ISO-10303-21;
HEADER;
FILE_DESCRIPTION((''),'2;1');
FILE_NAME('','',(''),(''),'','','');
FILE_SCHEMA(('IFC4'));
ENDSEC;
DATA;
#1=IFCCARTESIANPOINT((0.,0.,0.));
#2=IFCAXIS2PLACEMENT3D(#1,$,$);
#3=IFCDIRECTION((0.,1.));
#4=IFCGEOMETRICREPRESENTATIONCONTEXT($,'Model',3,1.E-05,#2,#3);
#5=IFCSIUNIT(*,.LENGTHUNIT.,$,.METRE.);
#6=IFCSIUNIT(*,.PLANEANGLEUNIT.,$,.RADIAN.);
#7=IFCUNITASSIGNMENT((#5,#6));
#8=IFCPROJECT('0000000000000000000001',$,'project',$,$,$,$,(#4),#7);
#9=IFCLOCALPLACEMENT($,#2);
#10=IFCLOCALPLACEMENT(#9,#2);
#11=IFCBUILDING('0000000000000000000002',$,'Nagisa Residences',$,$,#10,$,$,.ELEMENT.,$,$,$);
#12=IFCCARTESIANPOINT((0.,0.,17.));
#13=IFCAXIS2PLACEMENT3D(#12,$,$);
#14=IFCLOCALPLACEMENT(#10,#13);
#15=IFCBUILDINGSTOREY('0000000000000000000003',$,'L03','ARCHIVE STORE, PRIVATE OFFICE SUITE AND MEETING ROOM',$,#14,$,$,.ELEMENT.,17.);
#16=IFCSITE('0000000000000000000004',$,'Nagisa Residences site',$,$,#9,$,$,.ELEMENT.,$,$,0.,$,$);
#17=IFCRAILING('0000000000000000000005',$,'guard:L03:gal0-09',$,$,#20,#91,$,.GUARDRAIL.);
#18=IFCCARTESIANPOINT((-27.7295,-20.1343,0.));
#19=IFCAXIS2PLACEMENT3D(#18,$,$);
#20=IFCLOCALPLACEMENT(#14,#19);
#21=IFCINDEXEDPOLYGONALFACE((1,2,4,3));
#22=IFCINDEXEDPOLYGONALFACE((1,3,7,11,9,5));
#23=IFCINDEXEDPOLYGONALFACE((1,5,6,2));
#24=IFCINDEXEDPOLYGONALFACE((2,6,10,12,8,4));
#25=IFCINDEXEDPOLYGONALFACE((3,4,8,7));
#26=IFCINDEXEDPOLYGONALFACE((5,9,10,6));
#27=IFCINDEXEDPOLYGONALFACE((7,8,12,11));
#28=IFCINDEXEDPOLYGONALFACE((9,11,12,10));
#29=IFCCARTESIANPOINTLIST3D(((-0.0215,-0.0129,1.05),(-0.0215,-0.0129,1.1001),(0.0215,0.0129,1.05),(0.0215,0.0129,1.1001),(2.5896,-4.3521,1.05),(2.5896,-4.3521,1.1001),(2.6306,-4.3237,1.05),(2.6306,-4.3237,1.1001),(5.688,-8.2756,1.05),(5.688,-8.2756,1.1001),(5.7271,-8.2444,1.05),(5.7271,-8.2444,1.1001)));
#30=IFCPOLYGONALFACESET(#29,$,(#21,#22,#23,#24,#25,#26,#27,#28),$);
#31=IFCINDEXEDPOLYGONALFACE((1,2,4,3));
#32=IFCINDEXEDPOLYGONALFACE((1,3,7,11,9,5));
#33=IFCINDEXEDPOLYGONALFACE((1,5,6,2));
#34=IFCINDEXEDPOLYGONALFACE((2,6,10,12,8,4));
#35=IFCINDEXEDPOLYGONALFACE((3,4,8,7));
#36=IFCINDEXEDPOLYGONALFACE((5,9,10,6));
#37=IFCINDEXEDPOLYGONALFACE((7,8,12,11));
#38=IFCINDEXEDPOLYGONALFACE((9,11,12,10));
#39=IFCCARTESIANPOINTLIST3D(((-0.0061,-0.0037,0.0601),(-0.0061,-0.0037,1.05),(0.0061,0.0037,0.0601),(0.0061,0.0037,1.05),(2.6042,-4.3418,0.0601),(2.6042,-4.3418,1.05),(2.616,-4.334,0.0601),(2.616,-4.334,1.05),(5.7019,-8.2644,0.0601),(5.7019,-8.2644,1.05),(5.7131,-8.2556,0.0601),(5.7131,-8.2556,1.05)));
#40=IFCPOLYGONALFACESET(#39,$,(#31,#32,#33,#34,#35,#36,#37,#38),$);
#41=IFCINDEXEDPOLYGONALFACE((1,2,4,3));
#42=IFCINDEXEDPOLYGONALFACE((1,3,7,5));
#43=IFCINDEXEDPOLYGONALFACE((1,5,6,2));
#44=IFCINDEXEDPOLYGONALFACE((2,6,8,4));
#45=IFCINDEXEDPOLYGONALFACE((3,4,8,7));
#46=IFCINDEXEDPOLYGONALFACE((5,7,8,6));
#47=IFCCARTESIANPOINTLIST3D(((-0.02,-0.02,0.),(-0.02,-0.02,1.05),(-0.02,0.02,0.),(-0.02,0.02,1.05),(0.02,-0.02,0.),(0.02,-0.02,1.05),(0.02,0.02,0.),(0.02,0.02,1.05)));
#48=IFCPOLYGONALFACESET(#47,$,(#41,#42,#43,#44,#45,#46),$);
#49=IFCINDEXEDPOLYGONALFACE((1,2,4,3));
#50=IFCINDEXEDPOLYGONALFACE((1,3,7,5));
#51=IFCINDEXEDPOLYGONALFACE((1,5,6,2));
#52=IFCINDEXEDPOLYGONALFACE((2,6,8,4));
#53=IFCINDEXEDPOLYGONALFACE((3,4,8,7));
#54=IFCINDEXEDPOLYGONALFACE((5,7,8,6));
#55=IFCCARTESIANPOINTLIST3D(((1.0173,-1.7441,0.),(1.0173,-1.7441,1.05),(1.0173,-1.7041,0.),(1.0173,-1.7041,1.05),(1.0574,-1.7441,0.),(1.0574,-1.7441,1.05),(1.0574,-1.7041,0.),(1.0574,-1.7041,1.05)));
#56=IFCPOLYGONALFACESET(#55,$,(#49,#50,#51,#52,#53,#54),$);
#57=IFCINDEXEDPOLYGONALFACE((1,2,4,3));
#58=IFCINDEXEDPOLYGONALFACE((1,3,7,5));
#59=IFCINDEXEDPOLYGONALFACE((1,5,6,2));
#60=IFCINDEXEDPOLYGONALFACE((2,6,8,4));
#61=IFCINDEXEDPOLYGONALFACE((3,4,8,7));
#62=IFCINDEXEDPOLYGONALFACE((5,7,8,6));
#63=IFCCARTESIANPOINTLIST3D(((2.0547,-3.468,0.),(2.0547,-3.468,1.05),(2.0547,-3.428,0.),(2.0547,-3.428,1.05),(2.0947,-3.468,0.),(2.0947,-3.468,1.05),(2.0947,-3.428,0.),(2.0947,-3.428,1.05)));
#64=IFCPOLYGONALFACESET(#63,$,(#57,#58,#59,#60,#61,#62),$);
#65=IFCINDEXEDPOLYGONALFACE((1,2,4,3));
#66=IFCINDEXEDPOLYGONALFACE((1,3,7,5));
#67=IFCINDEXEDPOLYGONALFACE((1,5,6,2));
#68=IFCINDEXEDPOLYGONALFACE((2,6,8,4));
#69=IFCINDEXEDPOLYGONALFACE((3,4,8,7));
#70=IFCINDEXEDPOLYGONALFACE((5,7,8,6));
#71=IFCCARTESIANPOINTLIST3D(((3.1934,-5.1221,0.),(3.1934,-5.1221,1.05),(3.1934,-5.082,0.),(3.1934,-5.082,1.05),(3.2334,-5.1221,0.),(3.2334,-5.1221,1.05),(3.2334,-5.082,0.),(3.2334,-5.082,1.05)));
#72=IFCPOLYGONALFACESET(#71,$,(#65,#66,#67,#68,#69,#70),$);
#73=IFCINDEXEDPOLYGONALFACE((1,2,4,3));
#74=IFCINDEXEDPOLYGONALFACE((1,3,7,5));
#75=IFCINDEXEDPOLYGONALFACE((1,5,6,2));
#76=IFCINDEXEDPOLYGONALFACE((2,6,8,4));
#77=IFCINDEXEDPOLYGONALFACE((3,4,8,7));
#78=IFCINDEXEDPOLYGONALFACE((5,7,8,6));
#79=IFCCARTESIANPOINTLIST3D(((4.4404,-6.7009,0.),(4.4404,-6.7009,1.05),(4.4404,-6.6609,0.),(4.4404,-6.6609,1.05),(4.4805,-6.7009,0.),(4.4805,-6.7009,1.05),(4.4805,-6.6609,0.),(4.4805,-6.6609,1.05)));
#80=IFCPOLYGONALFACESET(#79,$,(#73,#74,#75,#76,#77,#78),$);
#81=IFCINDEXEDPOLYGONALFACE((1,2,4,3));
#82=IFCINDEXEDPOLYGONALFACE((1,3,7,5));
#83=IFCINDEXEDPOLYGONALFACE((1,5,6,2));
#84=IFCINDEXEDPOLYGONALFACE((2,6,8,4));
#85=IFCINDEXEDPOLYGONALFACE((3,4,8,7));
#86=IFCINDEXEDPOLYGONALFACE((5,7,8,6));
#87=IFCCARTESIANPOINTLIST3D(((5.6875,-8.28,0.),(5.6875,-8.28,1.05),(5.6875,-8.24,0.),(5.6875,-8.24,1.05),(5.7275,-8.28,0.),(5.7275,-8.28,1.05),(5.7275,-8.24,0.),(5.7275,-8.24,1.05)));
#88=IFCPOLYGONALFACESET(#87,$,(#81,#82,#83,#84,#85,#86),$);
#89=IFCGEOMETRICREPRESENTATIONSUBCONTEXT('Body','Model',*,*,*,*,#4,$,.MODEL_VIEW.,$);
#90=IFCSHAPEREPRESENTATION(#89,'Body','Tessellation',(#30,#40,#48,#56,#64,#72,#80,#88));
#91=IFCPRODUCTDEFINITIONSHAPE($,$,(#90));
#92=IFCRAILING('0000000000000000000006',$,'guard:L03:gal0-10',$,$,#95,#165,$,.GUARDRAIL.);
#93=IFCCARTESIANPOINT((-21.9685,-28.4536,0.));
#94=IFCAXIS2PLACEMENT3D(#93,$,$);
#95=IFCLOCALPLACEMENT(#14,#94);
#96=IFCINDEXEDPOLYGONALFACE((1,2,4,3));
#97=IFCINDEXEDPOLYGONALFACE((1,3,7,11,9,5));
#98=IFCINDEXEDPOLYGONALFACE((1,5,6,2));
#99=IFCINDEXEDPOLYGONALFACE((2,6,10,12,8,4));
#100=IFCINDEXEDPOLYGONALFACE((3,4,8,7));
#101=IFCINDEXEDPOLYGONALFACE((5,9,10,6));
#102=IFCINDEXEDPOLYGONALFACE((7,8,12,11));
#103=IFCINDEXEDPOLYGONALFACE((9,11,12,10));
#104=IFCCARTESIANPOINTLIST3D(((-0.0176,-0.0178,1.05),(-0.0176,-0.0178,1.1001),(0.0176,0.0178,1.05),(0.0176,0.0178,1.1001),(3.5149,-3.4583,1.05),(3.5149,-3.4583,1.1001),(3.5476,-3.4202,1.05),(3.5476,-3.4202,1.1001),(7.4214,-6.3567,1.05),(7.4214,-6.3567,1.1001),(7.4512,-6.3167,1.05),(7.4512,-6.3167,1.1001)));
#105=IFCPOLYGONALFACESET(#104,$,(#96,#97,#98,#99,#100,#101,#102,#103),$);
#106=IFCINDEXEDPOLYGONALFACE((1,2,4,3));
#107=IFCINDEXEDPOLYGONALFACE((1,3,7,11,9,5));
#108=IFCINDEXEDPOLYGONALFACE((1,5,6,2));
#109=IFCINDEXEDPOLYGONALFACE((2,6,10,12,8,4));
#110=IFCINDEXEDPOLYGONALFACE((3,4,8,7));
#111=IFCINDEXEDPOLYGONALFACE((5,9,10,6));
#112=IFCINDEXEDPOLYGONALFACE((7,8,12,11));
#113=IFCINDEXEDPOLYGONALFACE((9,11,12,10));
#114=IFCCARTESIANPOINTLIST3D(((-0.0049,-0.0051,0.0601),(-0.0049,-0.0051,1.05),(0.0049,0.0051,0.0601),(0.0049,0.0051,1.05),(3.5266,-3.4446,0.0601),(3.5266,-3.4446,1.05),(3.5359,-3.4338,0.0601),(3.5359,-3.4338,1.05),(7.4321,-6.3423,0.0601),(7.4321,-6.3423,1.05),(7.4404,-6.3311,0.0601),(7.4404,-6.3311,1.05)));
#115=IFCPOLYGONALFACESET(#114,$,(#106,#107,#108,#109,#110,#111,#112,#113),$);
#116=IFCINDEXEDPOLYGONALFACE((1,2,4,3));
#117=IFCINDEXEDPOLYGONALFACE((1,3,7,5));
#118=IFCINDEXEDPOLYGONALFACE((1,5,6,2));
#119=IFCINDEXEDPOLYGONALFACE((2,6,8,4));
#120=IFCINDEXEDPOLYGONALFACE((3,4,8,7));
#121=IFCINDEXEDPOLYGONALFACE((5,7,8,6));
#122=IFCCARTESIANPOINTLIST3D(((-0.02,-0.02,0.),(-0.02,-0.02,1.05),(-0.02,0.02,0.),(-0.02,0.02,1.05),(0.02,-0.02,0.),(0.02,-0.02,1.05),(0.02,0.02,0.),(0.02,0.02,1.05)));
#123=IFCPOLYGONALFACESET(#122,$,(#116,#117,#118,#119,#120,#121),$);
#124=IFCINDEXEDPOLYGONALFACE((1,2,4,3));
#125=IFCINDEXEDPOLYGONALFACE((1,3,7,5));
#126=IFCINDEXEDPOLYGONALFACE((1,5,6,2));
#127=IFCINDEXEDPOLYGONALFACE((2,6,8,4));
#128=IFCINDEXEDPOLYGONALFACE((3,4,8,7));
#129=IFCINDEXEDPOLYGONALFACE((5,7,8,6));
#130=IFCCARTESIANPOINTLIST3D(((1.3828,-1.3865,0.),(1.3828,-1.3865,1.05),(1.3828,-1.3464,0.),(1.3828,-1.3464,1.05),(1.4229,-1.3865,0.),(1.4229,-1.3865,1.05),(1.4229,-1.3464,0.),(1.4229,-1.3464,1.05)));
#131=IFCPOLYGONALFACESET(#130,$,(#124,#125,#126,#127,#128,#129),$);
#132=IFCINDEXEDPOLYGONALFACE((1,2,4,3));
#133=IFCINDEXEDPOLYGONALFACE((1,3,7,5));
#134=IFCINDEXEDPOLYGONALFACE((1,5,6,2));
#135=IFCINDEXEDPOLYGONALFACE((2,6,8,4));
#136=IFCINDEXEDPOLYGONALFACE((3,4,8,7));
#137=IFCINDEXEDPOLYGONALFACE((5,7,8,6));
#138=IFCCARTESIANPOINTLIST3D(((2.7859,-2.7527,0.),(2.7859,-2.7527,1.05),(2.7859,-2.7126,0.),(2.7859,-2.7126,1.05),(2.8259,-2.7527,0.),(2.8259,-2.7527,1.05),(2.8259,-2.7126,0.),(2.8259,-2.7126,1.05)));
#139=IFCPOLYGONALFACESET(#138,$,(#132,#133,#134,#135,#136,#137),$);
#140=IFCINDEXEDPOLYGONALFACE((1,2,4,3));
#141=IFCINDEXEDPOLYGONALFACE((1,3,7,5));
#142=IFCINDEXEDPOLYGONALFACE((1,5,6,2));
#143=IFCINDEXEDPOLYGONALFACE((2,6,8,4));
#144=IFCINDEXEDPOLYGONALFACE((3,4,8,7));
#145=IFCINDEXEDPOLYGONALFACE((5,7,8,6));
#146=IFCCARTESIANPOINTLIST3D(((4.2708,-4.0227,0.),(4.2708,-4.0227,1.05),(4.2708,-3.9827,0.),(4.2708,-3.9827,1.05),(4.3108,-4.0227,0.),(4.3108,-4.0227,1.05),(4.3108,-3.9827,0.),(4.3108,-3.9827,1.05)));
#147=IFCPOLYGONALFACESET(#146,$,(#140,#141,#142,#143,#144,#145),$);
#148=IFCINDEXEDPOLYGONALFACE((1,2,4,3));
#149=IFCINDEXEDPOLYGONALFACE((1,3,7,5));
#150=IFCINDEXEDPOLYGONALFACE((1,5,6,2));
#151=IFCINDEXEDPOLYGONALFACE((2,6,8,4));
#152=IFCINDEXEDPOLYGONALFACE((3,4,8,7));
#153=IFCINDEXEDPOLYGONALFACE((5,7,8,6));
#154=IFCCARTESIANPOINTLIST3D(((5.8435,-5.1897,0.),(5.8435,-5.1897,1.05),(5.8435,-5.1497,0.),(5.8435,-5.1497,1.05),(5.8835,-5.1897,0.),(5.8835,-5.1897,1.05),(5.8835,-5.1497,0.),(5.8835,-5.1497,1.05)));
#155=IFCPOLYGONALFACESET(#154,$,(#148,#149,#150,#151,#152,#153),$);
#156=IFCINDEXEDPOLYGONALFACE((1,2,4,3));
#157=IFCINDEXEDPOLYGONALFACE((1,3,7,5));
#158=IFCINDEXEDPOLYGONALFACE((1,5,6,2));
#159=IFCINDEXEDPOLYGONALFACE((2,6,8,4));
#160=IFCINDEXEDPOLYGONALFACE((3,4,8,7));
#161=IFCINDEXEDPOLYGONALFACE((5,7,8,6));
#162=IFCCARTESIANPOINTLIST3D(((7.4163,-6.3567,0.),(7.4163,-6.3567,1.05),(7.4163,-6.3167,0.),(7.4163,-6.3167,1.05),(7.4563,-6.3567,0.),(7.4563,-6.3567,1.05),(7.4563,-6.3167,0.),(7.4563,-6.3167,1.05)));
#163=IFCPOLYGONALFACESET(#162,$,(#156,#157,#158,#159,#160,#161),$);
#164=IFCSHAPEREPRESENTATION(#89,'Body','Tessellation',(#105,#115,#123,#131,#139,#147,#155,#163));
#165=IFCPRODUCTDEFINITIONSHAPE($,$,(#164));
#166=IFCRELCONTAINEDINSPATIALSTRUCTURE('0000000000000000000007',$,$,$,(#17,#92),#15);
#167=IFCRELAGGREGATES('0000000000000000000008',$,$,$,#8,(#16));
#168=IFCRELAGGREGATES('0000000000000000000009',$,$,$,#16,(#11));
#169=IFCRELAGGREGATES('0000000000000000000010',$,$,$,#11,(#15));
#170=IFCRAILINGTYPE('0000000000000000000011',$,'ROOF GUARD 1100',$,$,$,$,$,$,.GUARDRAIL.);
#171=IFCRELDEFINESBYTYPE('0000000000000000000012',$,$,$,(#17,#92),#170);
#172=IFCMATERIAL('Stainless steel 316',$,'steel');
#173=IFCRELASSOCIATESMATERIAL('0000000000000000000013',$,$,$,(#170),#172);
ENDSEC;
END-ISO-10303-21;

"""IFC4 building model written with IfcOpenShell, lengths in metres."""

from ifc_helpers import new_model, si_unit, direction, frame, origin, origin_2d, place, context, subcontext, project, spatial, polyline, rectangle, outline, extrude, material, type_object, element, save


model = new_model("IFC4")

# Units and contexts
model_context = context("Model", 3, precision=1e-05, world=origin(), true_north=direction((0.0, 1.0)))
body_context = subcontext(model_context, "Body", "Model", "MODEL_VIEW")
ifc_project = project(units=[si_unit("LENGTHUNIT", "METRE"), si_unit("PLANEANGLEUNIT", "RADIAN")], contexts=[model_context])

# Site, building, storey
site_placement = place(None, origin())
site = spatial("IfcSite", under=ifc_project, at=site_placement, Name="Nagisa Residences site", CompositionType="ELEMENT", RefElevation=0.0)
building_placement = place(site_placement, origin())
building = spatial("IfcBuilding", under=site, at=building_placement, Name="Nagisa Residences", CompositionType="ELEMENT")
storey_placement = place(building_placement, frame((0.0, 0.0, 17.0)))
storey = spatial("IfcBuildingStorey", under=building, at=storey_placement, Name="L03", Description="ARCHIVE STORE, PRIVATE OFFICE SUITE AND MEETING ROOM", CompositionType="ELEMENT", Elevation=17.0)

# Railings
ifc_material_1 = material(Name="Stainless steel 316", Category="steel")
railing_type = type_object("IfcRailingType", Name="ROOF GUARD 1100", PredefinedType="GUARDRAIL", material=ifc_material_1)
railing_1_placement = place(storey_placement, frame((-27.7295, -20.1343, 0.0)))
element("IfcRailing", 1, at=railing_1_placement, inside=storey, type_object=railing_type, Name="guard:L03:gal0-09", PredefinedType="GUARDRAIL", context=body_context, shape_type="SweptSolid", body=[
    extrude(outline(polyline([(2.6306, -4.3237), (0.0215, 0.0129), (-0.0215, -0.0129), (2.5896, -4.3521), (5.688, -8.2756), (5.7271, -8.2444), (2.6306, -4.3237)])), frame((0.0, 0.0, 1.05)), (0.0, 0.0, 1.0), 0.05),
    extrude(outline(polyline([(2.616, -4.334), (0.0061, 0.0037), (-0.0061, -0.0037), (2.6042, -4.3418), (5.7019, -8.2644), (5.7131, -8.2556), (2.616, -4.334)])), frame((0.0, 0.0, 0.0601)), (0.0, 0.0, 1.0), 0.99),
    extrude(rectangle(XDim=0.04, YDim=0.04, at=origin_2d()), origin(), (0.0, 0.0, 1.0), 1.05),
    extrude(rectangle(XDim=0.04, YDim=0.04, at=origin_2d()), frame((1.0374, -1.7241, 0.0)), (0.0, 0.0, 1.0), 1.05),
    extrude(rectangle(XDim=0.04, YDim=0.04, at=origin_2d()), frame((2.0747, -3.448, 0.0)), (0.0, 0.0, 1.0), 1.05),
    extrude(rectangle(XDim=0.04, YDim=0.04, at=origin_2d()), frame((3.2134, -5.1021, 0.0)), (0.0, 0.0, 1.0), 1.05),
    extrude(rectangle(XDim=0.04, YDim=0.04, at=origin_2d()), frame((4.4604, -6.6809, 0.0)), (0.0, 0.0, 1.0), 1.05),
    extrude(rectangle(XDim=0.04, YDim=0.04, at=origin_2d()), frame((5.7075, -8.26, 0.0)), (0.0, 0.0, 1.0), 1.05),
])
railing_2_placement = place(storey_placement, frame((-21.9685, -28.4536, 0.0)))
element("IfcRailing", 2, at=railing_2_placement, inside=storey, type_object=railing_type, Name="guard:L03:gal0-10", PredefinedType="GUARDRAIL", context=body_context, shape_type="SweptSolid", body=[
    extrude(outline(polyline([(3.5476, -3.4202), (0.0176, 0.0178), (-0.0176, -0.0178), (3.5149, -3.4583), (7.4214, -6.3567), (7.4512, -6.3167), (3.5476, -3.4202)])), frame((0.0, 0.0, 1.05)), (0.0, 0.0, 1.0), 0.05),
    extrude(outline(polyline([(3.5359, -3.4338), (0.0049, 0.0051), (-0.0049, -0.0051), (3.5266, -3.4446), (7.4321, -6.3423), (7.4404, -6.3311), (3.5359, -3.4338)])), frame((0.0, 0.0, 0.0601)), (0.0, 0.0, 1.0), 0.99),
    extrude(rectangle(XDim=0.04, YDim=0.04, at=origin_2d()), origin(), (0.0, 0.0, 1.0), 1.05),
    extrude(rectangle(XDim=0.04, YDim=0.04, at=origin_2d()), frame((1.4028, -1.3665, 0.0)), (0.0, 0.0, 1.0), 1.05),
    extrude(rectangle(XDim=0.04, YDim=0.04, at=origin_2d()), frame((2.8059, -2.7327, 0.0)), (0.0, 0.0, 1.0), 1.05),
    extrude(rectangle(XDim=0.04, YDim=0.04, at=origin_2d()), frame((4.2908, -4.0027, 0.0)), (0.0, 0.0, 1.0), 1.05),
    extrude(rectangle(XDim=0.04, YDim=0.04, at=origin_2d()), frame((5.8635, -5.1697, 0.0)), (0.0, 0.0, 1.0), 1.05),
    extrude(rectangle(XDim=0.04, YDim=0.04, at=origin_2d()), frame((7.4363, -6.3367, 0.0)), (0.0, 0.0, 1.0), 1.05),
])

save(model, "model.ifc")
